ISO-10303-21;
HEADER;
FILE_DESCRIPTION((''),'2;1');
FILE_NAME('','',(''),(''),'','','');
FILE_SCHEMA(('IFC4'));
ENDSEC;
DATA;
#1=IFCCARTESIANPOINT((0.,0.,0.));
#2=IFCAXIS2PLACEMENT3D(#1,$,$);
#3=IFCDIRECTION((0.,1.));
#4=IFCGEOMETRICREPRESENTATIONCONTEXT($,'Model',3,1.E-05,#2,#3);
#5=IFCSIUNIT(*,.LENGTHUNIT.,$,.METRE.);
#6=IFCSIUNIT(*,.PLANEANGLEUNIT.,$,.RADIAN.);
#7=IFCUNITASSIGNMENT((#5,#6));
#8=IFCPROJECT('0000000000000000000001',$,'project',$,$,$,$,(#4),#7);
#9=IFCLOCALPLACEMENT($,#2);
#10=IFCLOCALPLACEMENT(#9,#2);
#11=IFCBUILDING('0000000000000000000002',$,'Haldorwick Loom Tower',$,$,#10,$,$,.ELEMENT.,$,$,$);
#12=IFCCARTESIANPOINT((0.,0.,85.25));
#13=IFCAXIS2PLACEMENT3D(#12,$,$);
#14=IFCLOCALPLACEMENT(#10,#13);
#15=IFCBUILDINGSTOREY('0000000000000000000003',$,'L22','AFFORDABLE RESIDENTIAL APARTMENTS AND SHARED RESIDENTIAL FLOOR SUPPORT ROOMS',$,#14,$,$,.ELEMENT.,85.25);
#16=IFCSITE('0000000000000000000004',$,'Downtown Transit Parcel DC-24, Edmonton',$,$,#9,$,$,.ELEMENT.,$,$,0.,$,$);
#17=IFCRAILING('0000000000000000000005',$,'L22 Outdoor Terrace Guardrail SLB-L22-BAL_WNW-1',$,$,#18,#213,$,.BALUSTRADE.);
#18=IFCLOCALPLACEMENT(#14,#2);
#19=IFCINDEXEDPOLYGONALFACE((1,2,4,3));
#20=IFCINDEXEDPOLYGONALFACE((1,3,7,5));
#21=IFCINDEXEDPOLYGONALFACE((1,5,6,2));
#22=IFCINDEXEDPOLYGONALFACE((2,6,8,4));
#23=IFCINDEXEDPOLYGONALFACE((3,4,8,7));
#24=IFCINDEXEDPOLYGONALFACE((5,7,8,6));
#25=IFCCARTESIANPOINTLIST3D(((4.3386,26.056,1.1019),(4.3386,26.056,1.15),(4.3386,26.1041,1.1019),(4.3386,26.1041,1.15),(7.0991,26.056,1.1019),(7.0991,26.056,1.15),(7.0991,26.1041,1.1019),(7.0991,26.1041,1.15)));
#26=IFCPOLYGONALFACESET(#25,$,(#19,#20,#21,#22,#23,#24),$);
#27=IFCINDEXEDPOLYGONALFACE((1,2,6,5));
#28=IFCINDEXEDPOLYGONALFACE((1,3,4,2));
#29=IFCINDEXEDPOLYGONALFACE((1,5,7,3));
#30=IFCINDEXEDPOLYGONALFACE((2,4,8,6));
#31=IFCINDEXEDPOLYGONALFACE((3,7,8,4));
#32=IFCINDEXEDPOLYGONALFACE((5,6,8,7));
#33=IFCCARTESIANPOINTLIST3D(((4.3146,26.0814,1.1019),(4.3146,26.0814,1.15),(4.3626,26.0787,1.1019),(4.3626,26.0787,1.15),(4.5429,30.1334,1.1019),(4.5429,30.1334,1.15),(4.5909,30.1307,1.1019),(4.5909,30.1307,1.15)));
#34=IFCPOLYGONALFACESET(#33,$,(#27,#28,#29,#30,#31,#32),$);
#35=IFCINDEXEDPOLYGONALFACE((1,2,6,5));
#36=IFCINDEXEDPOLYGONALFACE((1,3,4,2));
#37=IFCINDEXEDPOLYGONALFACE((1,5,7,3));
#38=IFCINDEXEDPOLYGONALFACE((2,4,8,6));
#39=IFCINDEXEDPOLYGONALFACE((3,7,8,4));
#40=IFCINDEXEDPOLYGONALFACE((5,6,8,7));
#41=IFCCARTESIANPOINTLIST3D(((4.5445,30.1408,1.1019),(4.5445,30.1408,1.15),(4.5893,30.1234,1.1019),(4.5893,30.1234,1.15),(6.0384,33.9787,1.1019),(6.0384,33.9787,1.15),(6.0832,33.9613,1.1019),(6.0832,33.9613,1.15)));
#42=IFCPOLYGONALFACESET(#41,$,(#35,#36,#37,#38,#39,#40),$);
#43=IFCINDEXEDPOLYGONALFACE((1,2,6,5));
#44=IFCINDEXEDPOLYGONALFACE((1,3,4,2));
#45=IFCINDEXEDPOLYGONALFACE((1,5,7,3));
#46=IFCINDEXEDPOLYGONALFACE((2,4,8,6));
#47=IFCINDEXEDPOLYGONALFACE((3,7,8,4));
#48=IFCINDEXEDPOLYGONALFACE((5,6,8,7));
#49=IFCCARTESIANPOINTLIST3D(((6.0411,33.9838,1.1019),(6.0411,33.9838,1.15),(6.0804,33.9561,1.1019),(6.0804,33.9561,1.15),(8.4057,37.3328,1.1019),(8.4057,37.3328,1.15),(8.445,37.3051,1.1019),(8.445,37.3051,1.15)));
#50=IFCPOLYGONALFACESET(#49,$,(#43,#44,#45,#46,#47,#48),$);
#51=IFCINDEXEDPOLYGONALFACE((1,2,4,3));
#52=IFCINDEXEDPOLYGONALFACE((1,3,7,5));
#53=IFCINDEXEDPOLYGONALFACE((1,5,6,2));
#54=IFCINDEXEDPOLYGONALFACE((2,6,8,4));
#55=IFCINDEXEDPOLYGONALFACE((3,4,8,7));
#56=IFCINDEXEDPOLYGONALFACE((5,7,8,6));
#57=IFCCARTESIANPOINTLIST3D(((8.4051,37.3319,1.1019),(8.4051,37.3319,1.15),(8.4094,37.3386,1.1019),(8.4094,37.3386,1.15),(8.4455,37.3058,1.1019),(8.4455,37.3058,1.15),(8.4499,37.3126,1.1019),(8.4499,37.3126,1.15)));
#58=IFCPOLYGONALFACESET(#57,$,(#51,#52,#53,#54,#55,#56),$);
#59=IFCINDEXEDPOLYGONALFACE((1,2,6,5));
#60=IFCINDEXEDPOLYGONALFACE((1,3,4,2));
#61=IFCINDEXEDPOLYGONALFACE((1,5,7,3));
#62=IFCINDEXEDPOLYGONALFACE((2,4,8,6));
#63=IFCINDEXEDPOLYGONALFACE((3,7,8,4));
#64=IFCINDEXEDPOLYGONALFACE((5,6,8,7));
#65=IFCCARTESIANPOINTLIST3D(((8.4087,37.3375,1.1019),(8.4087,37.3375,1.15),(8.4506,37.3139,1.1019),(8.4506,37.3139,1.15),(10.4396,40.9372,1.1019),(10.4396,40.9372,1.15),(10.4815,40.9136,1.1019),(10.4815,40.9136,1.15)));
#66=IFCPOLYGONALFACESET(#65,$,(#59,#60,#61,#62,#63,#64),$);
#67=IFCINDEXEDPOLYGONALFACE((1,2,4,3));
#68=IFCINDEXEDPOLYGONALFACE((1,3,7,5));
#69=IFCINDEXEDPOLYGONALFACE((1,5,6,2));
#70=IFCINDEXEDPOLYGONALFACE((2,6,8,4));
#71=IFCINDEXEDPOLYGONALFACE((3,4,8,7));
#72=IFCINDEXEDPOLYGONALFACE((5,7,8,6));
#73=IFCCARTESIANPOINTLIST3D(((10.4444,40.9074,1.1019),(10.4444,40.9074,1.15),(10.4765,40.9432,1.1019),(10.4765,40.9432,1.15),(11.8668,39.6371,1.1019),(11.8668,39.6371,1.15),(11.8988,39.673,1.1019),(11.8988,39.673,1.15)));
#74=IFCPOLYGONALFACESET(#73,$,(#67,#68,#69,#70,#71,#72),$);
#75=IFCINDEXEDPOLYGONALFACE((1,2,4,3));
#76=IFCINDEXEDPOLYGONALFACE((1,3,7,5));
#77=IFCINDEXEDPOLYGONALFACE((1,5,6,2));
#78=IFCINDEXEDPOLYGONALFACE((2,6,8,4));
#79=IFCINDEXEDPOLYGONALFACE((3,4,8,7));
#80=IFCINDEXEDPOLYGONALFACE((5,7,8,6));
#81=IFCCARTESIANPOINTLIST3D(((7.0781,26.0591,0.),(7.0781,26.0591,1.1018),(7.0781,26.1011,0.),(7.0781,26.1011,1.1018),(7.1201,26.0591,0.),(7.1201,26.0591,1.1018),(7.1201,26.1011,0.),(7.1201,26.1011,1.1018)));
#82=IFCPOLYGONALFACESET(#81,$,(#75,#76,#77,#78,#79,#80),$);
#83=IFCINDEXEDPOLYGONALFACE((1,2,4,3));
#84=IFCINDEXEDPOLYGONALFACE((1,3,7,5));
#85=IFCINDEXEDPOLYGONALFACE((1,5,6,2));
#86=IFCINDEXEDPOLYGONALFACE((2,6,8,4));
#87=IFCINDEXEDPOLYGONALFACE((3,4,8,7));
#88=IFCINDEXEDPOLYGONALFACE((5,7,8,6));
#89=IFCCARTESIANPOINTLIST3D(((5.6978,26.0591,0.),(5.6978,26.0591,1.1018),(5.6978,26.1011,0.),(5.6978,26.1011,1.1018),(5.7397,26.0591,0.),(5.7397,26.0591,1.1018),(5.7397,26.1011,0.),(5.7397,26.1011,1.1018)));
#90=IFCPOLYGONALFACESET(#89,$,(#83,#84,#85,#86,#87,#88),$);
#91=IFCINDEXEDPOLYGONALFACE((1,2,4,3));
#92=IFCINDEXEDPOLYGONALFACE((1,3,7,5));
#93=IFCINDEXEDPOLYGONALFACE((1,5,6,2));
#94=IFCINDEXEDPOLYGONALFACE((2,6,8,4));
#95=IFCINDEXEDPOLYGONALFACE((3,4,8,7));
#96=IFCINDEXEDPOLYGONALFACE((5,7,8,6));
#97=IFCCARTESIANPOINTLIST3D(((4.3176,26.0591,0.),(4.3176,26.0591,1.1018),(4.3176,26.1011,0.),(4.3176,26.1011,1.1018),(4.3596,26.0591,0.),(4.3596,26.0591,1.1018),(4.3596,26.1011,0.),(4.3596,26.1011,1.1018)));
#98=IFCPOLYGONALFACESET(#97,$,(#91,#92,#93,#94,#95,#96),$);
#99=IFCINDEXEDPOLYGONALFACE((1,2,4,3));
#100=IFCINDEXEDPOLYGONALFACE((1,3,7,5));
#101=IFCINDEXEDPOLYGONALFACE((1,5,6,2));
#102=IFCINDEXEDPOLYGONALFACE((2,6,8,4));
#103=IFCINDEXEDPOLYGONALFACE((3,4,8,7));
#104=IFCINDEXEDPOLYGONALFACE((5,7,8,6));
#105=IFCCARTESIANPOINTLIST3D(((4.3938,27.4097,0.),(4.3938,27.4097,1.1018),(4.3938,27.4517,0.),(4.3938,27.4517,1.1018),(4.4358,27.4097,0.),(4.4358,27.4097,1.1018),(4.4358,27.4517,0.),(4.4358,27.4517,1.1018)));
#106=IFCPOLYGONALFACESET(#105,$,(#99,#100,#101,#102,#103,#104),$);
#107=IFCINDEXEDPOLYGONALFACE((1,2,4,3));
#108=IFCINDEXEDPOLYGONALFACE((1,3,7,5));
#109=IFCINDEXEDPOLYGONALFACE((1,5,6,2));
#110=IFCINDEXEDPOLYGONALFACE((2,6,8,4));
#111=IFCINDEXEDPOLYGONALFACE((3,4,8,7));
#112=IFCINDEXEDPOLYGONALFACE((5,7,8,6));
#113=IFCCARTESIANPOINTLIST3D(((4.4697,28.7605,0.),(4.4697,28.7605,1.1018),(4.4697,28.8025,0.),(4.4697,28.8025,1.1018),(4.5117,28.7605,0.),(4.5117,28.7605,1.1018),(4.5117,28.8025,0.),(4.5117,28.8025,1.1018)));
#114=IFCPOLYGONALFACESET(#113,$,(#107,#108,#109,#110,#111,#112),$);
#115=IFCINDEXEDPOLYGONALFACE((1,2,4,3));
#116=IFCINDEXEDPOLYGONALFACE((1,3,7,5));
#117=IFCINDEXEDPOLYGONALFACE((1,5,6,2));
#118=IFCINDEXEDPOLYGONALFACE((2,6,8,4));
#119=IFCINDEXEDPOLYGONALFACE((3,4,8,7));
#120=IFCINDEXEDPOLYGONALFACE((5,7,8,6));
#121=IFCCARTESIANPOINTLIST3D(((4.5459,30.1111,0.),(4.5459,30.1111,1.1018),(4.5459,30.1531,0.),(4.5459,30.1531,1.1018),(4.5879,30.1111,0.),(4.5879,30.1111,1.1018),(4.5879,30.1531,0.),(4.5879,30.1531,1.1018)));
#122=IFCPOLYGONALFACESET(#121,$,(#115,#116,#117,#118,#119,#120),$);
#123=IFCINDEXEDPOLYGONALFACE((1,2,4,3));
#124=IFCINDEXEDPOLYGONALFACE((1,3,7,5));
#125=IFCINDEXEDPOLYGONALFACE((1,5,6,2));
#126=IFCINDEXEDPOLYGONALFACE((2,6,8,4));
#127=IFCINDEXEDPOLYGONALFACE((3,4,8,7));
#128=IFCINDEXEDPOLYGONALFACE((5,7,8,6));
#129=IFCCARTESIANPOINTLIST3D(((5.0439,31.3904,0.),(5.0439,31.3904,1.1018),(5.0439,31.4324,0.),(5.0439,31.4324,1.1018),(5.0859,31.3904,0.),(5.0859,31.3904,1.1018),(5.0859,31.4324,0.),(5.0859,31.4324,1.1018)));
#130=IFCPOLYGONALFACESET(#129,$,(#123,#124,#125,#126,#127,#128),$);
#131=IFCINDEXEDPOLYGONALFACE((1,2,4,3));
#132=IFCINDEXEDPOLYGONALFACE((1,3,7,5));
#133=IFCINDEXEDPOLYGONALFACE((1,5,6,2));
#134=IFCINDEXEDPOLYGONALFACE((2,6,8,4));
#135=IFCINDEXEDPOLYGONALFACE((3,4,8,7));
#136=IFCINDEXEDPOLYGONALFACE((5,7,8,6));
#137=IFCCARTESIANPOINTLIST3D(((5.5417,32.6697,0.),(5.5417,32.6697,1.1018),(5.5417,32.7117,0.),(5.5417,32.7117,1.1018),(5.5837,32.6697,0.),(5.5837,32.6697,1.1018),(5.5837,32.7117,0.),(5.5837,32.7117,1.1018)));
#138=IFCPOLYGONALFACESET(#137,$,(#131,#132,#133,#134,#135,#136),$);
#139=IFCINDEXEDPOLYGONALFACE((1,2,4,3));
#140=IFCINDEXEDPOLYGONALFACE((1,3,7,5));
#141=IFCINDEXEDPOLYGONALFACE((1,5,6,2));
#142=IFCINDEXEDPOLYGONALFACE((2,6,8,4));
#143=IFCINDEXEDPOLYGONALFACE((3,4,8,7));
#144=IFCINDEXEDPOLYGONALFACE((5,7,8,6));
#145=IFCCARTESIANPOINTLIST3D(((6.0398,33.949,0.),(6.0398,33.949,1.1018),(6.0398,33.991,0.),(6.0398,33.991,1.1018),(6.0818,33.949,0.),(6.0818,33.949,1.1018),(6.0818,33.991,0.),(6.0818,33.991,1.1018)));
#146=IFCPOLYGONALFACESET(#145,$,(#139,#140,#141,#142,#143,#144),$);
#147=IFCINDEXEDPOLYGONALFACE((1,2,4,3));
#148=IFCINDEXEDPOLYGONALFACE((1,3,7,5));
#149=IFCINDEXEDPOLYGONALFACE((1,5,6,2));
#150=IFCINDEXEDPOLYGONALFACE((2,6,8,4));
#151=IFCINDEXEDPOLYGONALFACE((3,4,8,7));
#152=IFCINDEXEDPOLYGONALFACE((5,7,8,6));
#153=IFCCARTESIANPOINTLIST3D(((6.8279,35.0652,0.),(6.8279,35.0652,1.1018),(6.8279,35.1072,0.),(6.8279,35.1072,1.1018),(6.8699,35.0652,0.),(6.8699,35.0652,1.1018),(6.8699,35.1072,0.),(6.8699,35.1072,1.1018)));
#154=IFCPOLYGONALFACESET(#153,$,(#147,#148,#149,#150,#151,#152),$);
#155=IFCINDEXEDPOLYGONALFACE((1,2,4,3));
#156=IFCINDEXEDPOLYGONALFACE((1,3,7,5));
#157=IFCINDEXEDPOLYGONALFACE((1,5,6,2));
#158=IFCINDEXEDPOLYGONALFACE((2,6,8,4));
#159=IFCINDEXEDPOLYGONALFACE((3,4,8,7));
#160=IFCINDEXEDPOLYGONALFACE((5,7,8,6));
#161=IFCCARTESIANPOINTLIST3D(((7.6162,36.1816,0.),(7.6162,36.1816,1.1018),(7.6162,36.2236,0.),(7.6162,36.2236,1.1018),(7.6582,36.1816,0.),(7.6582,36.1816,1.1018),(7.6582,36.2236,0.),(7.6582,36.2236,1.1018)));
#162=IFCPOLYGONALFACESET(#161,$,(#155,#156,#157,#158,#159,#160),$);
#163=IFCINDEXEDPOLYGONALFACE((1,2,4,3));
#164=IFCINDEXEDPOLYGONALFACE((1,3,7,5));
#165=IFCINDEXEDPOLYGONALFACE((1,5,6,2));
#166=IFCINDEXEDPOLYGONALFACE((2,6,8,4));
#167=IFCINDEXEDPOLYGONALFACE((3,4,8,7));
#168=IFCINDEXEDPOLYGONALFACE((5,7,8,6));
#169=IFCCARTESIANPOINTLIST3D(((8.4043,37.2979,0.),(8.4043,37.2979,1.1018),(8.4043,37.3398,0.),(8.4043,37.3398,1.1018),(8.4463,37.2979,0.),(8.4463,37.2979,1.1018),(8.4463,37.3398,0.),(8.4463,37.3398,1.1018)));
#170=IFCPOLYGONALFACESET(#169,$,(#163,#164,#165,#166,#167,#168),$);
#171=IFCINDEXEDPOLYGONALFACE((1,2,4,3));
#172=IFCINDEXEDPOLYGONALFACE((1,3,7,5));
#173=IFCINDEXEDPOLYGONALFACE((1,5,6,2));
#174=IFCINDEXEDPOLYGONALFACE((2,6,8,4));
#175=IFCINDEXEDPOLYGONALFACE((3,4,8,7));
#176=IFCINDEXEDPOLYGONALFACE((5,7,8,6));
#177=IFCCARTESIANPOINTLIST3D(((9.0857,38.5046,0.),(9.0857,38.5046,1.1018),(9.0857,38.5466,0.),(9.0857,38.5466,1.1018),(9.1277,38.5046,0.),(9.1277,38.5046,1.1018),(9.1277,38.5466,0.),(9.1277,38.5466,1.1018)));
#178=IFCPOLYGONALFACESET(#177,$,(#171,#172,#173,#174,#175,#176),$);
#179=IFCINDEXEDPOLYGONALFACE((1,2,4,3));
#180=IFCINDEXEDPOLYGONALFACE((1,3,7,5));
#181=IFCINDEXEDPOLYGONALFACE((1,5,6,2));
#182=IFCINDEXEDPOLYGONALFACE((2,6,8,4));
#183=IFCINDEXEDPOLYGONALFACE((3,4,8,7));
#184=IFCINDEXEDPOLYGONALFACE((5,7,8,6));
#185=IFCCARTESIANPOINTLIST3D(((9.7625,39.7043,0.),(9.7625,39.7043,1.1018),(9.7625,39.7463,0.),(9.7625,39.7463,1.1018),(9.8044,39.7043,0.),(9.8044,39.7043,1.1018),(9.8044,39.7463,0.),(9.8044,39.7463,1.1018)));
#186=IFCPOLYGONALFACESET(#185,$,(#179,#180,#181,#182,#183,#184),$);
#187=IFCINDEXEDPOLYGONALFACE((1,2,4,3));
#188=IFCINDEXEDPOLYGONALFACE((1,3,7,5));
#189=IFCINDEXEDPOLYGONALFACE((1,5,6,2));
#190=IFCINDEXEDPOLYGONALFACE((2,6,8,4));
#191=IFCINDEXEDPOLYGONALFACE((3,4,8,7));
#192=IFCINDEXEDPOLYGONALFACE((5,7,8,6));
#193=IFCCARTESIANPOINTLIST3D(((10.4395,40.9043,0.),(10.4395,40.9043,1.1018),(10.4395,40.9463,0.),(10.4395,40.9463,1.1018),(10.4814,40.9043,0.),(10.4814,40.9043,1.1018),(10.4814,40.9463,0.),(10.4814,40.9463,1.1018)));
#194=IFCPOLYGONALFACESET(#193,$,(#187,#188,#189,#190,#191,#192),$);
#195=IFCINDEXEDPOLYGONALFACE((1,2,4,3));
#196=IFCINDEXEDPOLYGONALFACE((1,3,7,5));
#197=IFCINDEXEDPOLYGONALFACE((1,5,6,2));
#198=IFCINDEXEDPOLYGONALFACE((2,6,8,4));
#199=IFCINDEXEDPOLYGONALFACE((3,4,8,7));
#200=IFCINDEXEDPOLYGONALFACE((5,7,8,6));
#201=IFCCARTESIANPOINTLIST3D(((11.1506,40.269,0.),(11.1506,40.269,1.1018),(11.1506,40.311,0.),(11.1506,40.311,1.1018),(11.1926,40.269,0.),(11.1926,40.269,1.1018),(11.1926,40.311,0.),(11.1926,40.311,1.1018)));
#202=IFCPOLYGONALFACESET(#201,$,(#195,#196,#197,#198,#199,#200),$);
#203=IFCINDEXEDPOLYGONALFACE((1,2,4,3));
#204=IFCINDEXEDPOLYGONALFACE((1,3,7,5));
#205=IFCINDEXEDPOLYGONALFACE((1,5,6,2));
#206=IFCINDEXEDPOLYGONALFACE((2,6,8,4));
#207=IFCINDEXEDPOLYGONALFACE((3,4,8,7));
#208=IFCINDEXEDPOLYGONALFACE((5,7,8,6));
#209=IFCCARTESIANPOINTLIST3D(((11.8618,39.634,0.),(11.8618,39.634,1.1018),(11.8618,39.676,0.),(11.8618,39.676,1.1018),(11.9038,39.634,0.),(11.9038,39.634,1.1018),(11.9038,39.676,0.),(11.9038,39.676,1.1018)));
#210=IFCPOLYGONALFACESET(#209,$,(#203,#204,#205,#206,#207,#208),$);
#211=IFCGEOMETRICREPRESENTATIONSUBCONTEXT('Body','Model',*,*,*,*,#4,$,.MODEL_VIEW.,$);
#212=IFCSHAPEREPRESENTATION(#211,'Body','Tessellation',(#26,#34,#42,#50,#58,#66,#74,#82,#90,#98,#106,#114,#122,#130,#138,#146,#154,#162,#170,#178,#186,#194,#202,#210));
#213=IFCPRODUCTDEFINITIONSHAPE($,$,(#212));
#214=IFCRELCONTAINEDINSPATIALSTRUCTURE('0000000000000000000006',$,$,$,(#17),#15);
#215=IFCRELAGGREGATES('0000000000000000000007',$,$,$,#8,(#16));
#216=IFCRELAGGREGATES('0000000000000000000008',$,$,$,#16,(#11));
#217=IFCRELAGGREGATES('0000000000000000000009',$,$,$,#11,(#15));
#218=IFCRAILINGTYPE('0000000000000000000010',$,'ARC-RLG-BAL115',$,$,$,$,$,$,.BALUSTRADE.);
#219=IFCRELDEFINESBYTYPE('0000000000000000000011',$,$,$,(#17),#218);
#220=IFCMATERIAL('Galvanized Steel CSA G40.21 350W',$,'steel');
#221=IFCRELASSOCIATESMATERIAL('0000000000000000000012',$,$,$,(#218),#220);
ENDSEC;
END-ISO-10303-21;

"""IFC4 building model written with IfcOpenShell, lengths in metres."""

from ifc_helpers import new_model, si_unit, direction, frame, origin, origin_2d, place, context, subcontext, project, spatial, rectangle, extrude, material, type_object, element, save


model = new_model("IFC4")

# Units and contexts
model_context = context("Model", 3, precision=1e-05, world=origin(), true_north=direction((0.0, 1.0)))
body_context = subcontext(model_context, "Body", "Model", "MODEL_VIEW")
ifc_project = project(units=[si_unit("LENGTHUNIT", "METRE"), si_unit("PLANEANGLEUNIT", "RADIAN")], contexts=[model_context])

# Site, building, storey
site_placement = place(None, origin())
site = spatial("IfcSite", under=ifc_project, at=site_placement, Name="Downtown Transit Parcel DC-24, Edmonton", CompositionType="ELEMENT", RefElevation=0.0)
building_placement = place(site_placement, origin())
building = spatial("IfcBuilding", under=site, at=building_placement, Name="Haldorwick Loom Tower", CompositionType="ELEMENT")
storey_placement = place(building_placement, frame((0.0, 0.0, 85.25)))
storey = spatial("IfcBuildingStorey", under=building, at=storey_placement, Name="L22", Description="AFFORDABLE RESIDENTIAL APARTMENTS AND SHARED RESIDENTIAL FLOOR SUPPORT ROOMS", CompositionType="ELEMENT", Elevation=85.25)

# Railing
ifc_material_1 = material(Name="Galvanized Steel CSA G40.21 350W", Category="steel")
railing_type = type_object("IfcRailingType", Name="ARC-RLG-BAL115", PredefinedType="BALUSTRADE", material=ifc_material_1)
railing_placement = place(storey_placement, frame((7.0991, 26.0801, 0.0)))
element("IfcRailing", 1, at=railing_placement, inside=storey, type_object=railing_type, Name="L22 Outdoor Terrace Guardrail SLB-L22-BAL_WNW-1", PredefinedType="BALUSTRADE", context=body_context, shape_type="SweptSolid", body=[
    extrude(rectangle(XDim=0.0481, YDim=0.0481, at=origin_2d()), frame((0.0, 0.0, 1.126), z_axis=(-1.0, 0.0, 0.0), x_axis=(0.0, -1.0, 0.0)), (0.0, 0.0, 1.0), 2.7605),
    extrude(rectangle(XDim=0.0481, YDim=0.0481, at=origin_2d()), frame((-2.7605, 0.0, 1.126), z_axis=(0.056246, 0.998417, 0.0), x_axis=(-0.998417, 0.056246, 0.0)), (0.0, 0.0, 1.0), 4.0583),
    extrude(rectangle(XDim=0.0481, YDim=0.0481, at=origin_2d()), frame((-2.5322, 4.052, 1.126), z_axis=(0.362738, 0.931891, 0.0), x_axis=(-0.931891, 0.362738, 0.0)), (0.0, 0.0, 1.0), 4.1184),
    extrude(rectangle(XDim=0.0481, YDim=0.0481, at=origin_2d()), frame((-1.0383, 7.8899, 1.126), z_axis=(0.576779, 0.8169, 0.0), x_axis=(-0.8169, 0.576779, 0.0)), (0.0, 0.0, 1.0), 4.0996),
    extrude(rectangle(XDim=0.0481, YDim=0.0481, at=origin_2d()), frame((1.3262, 11.2388, 1.126), z_axis=(0.540758, 0.841178, 0.0), x_axis=(-0.841178, 0.540758, 0.0)), (0.0, 0.0, 1.0), 0.0081),
    extrude(rectangle(XDim=0.0481, YDim=0.0481, at=origin_2d()), frame((1.3306, 11.2456, 1.126), z_axis=(0.49136, 0.870956, 0.0), x_axis=(-0.870956, 0.49136, 0.0)), (0.0, 0.0, 1.0), 4.1331),
    extrude(rectangle(XDim=0.0481, YDim=0.0481, at=origin_2d()), frame((3.3613, 14.8452, 1.126), z_axis=(0.74586, -0.666102, 0.0), x_axis=(0.666102, 0.74586, 0.0)), (0.0, 0.0, 1.0), 1.907),
    extrude(rectangle(XDim=0.042, YDim=0.042, at=origin_2d()), origin(), (0.0, 0.0, 1.0), 1.1018),
    extrude(rectangle(XDim=0.042, YDim=0.042, at=origin_2d()), frame((-1.3804, 0.0, 0.0)), (0.0, 0.0, 1.0), 1.1018),
    extrude(rectangle(XDim=0.042, YDim=0.042, at=origin_2d()), frame((-2.7605, 0.0, 0.0)), (0.0, 0.0, 1.0), 1.1018),
    extrude(rectangle(XDim=0.042, YDim=0.042, at=origin_2d()), frame((-2.6843, 1.3506, 0.0)), (0.0, 0.0, 1.0), 1.1018),
    extrude(rectangle(XDim=0.042, YDim=0.042, at=origin_2d()), frame((-2.6084, 2.7014, 0.0)), (0.0, 0.0, 1.0), 1.1018),
    extrude(rectangle(XDim=0.042, YDim=0.042, at=origin_2d()), frame((-2.5322, 4.052, 0.0)), (0.0, 0.0, 1.0), 1.1018),
    extrude(rectangle(XDim=0.042, YDim=0.042, at=origin_2d()), frame((-2.0342, 5.3313, 0.0)), (0.0, 0.0, 1.0), 1.1018),
    extrude(rectangle(XDim=0.042, YDim=0.042, at=origin_2d()), frame((-1.5364, 6.6106, 0.0)), (0.0, 0.0, 1.0), 1.1018),
    extrude(rectangle(XDim=0.042, YDim=0.042, at=origin_2d()), frame((-1.0383, 7.8899, 0.0)), (0.0, 0.0, 1.0), 1.1018),
    extrude(rectangle(XDim=0.042, YDim=0.042, at=origin_2d()), frame((-0.2502, 9.0061, 0.0)), (0.0, 0.0, 1.0), 1.1018),
    extrude(rectangle(XDim=0.042, YDim=0.042, at=origin_2d()), frame((0.5381, 10.1226, 0.0)), (0.0, 0.0, 1.0), 1.1018),
    extrude(rectangle(XDim=0.042, YDim=0.042, at=origin_2d()), frame((1.3262, 11.2388, 0.0)), (0.0, 0.0, 1.0), 1.1018),
    extrude(rectangle(XDim=0.042, YDim=0.042, at=origin_2d()), frame((2.0076, 12.4456, 0.0)), (0.0, 0.0, 1.0), 1.1018),
    extrude(rectangle(XDim=0.042, YDim=0.042, at=origin_2d()), frame((2.6843, 13.6453, 0.0)), (0.0, 0.0, 1.0), 1.1018),
    extrude(rectangle(XDim=0.042, YDim=0.042, at=origin_2d()), frame((3.3613, 14.8452, 0.0)), (0.0, 0.0, 1.0), 1.1018),
    extrude(rectangle(XDim=0.042, YDim=0.042, at=origin_2d()), frame((4.0725, 14.21, 0.0)), (0.0, 0.0, 1.0), 1.1018),
    extrude(rectangle(XDim=0.042, YDim=0.042, at=origin_2d()), frame((4.7837, 13.575, 0.0)), (0.0, 0.0, 1.0), 1.1018),
])

save(model, "model.ifc")
